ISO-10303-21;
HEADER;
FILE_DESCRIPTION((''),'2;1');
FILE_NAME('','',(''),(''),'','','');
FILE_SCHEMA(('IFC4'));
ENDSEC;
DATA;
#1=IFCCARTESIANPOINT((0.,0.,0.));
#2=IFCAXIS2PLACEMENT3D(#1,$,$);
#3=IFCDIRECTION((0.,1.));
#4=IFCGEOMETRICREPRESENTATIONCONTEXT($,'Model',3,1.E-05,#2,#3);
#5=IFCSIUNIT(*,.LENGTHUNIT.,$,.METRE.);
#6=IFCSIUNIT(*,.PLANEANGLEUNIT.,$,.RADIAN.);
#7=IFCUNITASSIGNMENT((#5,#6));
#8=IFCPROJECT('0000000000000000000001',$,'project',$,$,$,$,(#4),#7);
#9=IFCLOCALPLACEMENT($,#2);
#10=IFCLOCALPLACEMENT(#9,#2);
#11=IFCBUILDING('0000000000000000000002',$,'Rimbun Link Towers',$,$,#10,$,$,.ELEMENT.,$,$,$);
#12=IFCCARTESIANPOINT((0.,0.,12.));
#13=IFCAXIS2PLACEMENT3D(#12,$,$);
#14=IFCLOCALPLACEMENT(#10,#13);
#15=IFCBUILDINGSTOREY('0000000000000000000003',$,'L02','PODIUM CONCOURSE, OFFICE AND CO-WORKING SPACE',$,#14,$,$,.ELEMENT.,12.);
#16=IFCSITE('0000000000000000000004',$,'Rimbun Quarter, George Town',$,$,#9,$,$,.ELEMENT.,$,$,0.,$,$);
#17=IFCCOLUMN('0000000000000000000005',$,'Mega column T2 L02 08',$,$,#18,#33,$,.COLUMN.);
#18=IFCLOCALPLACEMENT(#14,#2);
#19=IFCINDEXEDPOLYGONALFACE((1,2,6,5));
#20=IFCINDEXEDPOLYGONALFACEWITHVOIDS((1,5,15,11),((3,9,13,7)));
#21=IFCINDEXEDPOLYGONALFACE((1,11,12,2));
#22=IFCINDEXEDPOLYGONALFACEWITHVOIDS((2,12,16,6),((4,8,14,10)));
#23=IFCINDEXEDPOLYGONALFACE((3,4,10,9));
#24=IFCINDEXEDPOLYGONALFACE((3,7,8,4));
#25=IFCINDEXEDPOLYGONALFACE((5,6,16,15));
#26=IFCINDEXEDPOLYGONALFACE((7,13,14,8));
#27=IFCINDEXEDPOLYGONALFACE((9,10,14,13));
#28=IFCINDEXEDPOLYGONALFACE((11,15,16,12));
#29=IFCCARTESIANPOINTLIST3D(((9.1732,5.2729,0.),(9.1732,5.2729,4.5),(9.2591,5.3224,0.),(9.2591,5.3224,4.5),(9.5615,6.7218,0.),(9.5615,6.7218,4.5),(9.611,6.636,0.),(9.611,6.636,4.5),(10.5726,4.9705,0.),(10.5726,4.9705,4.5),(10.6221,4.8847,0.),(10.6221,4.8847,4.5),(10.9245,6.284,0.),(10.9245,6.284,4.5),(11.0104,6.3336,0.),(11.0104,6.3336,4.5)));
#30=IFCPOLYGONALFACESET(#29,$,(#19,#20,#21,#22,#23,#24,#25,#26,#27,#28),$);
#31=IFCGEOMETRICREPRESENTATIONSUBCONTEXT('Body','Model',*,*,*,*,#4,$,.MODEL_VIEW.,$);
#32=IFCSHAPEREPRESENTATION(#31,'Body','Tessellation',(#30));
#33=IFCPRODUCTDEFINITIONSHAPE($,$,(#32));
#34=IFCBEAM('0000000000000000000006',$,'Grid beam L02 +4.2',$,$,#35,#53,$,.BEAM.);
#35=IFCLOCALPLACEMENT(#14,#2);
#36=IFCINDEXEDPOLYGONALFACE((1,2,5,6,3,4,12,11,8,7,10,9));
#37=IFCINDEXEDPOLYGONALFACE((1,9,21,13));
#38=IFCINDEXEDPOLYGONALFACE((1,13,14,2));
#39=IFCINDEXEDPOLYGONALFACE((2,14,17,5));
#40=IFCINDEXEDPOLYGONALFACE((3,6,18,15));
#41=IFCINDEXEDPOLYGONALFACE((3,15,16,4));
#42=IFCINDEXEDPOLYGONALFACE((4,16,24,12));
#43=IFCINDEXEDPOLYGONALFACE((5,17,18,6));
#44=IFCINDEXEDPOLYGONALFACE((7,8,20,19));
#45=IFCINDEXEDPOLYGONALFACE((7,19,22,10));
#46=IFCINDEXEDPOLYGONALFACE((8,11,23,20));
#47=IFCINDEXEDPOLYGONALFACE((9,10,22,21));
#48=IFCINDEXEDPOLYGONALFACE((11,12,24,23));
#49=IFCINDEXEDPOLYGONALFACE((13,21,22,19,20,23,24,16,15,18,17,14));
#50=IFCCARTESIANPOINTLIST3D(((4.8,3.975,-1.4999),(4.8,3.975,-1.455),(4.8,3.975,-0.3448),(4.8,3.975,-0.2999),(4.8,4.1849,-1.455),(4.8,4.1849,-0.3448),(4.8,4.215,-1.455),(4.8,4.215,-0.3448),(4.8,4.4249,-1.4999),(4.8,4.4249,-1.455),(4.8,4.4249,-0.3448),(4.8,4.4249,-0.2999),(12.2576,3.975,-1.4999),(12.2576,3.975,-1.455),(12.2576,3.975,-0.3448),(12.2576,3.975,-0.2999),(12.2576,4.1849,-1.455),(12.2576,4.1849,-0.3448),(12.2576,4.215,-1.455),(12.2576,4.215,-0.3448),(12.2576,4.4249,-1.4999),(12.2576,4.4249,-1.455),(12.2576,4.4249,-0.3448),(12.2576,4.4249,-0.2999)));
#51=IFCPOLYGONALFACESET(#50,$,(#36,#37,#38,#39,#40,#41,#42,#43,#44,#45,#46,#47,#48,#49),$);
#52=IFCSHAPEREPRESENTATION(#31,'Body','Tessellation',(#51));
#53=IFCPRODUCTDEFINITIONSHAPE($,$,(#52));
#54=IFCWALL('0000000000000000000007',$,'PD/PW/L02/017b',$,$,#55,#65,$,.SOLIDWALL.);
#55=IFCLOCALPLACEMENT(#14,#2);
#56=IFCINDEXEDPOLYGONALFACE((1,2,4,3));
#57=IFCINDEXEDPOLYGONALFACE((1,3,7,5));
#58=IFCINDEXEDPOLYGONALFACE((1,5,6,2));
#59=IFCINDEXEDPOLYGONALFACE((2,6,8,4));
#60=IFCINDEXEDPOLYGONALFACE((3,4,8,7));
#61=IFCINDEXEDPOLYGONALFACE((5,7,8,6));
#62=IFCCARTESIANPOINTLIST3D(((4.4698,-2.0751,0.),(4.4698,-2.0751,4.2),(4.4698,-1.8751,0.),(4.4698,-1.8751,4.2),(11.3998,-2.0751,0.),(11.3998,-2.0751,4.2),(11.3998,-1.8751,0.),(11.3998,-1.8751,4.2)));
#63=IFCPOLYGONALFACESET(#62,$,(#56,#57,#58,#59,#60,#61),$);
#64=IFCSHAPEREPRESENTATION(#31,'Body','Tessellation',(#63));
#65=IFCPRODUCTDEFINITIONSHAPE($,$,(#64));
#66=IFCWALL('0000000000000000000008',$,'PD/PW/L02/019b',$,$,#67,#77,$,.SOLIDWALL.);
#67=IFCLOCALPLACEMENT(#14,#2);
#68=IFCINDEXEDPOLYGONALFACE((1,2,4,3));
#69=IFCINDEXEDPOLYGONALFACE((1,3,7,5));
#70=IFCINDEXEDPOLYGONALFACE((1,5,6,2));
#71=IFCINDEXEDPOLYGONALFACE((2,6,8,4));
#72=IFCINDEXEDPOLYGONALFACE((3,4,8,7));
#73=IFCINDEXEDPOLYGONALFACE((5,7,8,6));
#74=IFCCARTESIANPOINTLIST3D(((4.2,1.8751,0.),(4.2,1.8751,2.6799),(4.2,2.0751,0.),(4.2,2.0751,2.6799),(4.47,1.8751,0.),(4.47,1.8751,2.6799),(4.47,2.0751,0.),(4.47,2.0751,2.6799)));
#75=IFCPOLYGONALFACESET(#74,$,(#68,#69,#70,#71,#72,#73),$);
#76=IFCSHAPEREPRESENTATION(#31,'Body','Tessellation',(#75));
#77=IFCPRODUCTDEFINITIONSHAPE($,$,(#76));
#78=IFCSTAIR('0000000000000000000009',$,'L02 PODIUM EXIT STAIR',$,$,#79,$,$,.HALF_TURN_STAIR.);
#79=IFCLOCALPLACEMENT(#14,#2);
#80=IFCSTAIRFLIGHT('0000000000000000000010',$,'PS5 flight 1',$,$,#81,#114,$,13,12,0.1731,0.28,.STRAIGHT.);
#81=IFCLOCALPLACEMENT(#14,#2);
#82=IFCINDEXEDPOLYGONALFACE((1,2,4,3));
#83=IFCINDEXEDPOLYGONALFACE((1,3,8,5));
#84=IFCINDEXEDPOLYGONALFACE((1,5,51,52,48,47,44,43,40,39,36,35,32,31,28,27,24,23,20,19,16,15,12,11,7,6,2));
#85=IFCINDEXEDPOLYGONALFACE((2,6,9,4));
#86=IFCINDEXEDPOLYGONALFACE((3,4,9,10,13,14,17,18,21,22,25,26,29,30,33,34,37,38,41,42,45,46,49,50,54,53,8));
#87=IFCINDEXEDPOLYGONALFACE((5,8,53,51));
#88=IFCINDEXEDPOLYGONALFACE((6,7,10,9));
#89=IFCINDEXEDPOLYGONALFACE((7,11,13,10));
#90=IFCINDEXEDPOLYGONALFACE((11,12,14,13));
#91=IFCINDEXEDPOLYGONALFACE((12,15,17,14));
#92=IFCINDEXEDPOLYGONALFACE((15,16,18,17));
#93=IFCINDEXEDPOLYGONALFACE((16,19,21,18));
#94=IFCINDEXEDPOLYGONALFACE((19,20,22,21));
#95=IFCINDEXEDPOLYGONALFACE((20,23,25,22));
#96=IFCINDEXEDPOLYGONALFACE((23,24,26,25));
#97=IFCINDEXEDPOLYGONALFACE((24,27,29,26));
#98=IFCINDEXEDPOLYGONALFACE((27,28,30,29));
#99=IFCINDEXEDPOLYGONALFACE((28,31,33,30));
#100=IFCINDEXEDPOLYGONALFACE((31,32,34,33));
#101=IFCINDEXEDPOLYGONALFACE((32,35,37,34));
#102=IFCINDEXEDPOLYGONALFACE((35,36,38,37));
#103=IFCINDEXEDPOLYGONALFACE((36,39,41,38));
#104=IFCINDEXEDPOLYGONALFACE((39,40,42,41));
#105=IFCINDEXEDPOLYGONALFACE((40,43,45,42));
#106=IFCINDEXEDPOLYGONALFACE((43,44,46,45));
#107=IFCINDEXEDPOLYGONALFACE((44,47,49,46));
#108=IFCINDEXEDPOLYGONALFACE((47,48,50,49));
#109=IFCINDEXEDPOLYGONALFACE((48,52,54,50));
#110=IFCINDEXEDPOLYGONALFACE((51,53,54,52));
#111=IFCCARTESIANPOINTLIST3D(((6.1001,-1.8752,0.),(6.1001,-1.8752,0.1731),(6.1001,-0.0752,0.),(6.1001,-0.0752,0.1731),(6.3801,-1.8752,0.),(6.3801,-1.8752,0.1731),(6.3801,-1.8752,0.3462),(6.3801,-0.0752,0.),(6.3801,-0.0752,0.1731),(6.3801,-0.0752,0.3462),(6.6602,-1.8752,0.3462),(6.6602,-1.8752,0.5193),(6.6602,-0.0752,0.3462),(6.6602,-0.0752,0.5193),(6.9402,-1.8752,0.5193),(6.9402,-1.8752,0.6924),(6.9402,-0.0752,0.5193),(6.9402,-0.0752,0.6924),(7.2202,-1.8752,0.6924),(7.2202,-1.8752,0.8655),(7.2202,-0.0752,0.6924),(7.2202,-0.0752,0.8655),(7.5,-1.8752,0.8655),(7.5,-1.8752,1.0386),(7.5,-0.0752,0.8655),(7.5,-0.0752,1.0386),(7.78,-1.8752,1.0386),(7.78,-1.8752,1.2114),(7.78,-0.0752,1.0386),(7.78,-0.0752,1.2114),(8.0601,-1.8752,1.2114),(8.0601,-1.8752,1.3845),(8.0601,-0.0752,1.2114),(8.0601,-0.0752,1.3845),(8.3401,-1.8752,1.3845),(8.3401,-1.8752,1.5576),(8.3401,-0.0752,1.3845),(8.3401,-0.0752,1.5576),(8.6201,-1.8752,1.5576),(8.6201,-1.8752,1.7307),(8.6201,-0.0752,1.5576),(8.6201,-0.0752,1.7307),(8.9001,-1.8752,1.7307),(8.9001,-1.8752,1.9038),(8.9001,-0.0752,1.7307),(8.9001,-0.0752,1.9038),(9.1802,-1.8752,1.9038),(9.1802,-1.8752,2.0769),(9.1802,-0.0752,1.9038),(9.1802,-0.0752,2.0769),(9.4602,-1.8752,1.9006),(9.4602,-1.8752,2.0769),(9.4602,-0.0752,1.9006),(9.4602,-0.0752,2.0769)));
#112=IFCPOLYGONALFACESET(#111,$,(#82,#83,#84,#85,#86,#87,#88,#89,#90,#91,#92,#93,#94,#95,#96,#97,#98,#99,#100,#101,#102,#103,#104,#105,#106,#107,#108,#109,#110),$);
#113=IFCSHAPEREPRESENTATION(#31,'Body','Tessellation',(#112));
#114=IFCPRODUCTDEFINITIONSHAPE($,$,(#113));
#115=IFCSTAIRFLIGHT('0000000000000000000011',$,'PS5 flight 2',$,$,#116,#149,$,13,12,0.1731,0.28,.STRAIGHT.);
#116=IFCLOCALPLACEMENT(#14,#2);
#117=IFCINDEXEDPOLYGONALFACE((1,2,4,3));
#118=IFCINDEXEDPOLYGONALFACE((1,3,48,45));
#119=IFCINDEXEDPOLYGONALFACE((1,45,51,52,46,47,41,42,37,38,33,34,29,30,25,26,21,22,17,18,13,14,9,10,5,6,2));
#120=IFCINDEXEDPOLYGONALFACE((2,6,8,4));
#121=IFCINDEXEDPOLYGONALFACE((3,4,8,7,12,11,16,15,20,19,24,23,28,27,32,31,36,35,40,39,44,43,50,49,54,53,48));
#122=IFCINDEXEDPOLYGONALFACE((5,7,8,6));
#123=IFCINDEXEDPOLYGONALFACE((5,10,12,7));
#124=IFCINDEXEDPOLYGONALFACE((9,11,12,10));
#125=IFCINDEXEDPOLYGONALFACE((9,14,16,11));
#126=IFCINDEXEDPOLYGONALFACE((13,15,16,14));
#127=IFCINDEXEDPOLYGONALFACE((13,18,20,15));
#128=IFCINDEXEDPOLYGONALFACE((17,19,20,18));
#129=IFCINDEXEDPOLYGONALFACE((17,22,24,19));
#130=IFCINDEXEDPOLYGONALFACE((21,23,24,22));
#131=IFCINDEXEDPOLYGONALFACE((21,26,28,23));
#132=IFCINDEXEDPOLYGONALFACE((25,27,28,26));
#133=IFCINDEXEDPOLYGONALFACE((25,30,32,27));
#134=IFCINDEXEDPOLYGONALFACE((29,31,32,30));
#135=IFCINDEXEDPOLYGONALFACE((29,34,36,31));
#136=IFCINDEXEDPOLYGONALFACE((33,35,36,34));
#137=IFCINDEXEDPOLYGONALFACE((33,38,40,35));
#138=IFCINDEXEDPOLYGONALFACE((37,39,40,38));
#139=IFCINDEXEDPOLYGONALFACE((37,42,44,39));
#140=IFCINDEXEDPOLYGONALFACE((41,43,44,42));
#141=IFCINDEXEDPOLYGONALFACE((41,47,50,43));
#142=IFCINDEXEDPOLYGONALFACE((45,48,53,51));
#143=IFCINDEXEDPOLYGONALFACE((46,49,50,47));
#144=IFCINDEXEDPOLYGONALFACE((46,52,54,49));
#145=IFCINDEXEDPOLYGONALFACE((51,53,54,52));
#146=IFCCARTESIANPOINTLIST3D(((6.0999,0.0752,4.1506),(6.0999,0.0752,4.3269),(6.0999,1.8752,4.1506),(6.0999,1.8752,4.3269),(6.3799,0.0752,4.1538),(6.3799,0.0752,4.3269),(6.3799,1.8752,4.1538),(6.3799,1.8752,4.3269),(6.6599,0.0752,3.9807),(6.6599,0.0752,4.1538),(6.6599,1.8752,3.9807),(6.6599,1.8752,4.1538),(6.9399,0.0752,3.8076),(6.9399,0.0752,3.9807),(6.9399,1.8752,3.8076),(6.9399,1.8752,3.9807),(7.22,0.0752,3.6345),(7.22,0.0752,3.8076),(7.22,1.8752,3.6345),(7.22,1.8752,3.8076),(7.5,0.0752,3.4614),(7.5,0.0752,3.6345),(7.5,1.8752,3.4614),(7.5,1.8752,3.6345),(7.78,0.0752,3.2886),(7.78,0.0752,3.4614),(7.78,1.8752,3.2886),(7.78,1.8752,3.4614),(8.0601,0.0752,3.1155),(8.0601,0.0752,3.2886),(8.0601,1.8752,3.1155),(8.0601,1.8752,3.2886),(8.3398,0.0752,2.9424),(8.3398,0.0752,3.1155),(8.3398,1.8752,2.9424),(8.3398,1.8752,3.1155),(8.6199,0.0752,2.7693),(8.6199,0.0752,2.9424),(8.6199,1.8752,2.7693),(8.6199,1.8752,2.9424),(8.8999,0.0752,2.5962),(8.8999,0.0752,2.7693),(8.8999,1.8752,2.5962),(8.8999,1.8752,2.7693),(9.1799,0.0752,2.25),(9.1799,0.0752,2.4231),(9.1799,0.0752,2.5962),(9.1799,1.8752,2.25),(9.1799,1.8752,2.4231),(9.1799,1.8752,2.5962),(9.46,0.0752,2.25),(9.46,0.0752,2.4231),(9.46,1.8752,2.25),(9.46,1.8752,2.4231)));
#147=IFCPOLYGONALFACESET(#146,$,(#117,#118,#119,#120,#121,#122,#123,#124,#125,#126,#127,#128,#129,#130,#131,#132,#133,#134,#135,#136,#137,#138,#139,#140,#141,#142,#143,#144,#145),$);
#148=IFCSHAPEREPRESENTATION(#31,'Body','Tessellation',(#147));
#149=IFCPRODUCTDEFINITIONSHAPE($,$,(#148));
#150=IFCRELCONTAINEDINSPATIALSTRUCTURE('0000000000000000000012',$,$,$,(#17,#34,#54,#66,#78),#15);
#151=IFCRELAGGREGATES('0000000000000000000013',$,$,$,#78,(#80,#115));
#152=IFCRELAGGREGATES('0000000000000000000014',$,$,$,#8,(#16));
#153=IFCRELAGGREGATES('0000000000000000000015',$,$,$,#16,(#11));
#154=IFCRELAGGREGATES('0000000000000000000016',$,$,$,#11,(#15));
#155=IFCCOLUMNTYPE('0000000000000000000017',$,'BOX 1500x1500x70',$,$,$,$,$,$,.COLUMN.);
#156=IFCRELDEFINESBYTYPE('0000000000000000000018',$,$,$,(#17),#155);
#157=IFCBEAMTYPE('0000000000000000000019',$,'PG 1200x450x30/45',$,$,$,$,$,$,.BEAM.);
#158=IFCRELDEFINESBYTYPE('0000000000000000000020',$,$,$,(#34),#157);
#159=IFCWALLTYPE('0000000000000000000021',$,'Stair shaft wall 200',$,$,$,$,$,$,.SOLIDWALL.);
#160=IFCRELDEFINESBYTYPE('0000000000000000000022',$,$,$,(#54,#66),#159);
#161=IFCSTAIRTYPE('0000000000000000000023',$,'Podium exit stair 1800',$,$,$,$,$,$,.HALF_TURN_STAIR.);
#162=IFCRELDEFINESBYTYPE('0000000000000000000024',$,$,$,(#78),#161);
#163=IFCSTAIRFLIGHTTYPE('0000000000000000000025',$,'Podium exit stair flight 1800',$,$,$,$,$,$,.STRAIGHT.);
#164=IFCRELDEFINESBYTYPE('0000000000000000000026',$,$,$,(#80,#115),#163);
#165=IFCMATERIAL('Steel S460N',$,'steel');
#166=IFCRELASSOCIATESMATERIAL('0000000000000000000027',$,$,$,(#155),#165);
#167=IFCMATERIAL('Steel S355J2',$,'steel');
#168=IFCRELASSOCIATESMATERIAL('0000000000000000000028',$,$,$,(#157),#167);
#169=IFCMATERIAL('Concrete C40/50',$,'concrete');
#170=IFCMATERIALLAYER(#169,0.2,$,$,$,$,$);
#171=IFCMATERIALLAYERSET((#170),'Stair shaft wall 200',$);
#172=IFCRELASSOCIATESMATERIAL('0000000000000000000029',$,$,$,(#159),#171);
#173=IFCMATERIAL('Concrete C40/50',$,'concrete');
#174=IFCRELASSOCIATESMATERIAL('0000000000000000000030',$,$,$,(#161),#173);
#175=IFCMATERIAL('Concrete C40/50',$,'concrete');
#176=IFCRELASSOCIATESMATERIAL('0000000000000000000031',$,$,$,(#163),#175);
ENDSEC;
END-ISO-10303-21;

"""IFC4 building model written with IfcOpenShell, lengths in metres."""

from ifc_helpers import new_model, si_unit, direction, frame, frame_2d, origin, origin_2d, place, context, subcontext, project, spatial, polyline, rectangle, hollow_rectangle, i_section, outline, extrude, material, layer, layer_set, material_profile, profile_set, type_object, element, aggregate, save


model = new_model("IFC4")

# Units and contexts
model_context = context("Model", 3, precision=1e-05, world=origin(), true_north=direction((0.0, 1.0)))
body_context = subcontext(model_context, "Body", "Model", "MODEL_VIEW")
ifc_project = project(units=[si_unit("LENGTHUNIT", "METRE"), si_unit("PLANEANGLEUNIT", "RADIAN")], contexts=[model_context])

# Site, building, storey
site_placement = place(None, origin())
site = spatial("IfcSite", under=ifc_project, at=site_placement, Name="Rimbun Quarter, George Town", CompositionType="ELEMENT", RefElevation=0.0)
building_placement = place(site_placement, origin())
building = spatial("IfcBuilding", under=site, at=building_placement, Name="Rimbun Link Towers", CompositionType="ELEMENT")
storey_placement = place(building_placement, frame((0.0, 0.0, 12.0)))
storey = spatial("IfcBuildingStorey", under=building, at=storey_placement, Name="L02", Description="PODIUM CONCOURSE, OFFICE AND CO-WORKING SPACE", CompositionType="ELEMENT", Elevation=12.0)

# Column
ifc_material_1 = material(Name="Steel S460N", Category="steel")
ifc_material_profile_1 = material_profile(ifc_material_1, hollow_rectangle(XDim=1.5, YDim=1.5, WallThickness=0.0701, at=origin_2d()), Name="BOX 1500x1500x70")
ifc_profile_set_1 = profile_set([ifc_material_profile_1], Name="Steel S460N")
column_type = type_object("IfcColumnType", Name="BOX 1500x1500x70", PredefinedType="COLUMN", material=ifc_profile_set_1)
column_placement = place(storey_placement, frame((10.0918, 5.8032, 0.0), z_axis=(0.0, 0.0, 1.0), x_axis=(-0.965926, 0.258819, 0.0)))
element("IfcColumn", 1, at=column_placement, inside=storey, type_object=column_type, Name="Mega column T2 L02 08", PredefinedType="COLUMN", context=body_context, shape_type="SweptSolid", body=[
    extrude(hollow_rectangle(XDim=1.5, YDim=1.5, WallThickness=0.0701, at=origin_2d()), origin(), (0.0, 0.0, 1.0), 4.5),
])

# Beam
ifc_material_2 = material(Name="Steel S355J2", Category="steel")
ifc_material_profile_2 = material_profile(ifc_material_2, i_section(OverallWidth=0.45, OverallDepth=1.2, WebThickness=0.03, FlangeThickness=0.0449, at=origin_2d()), Name="PG 1200x450x30/45")
ifc_profile_set_2 = profile_set([ifc_material_profile_2], Name="Steel S355J2")
beam_type = type_object("IfcBeamType", Name="PG 1200x450x30/45", PredefinedType="BEAM", material=ifc_profile_set_2)
beam_placement = place(storey_placement, frame((4.8, 4.2, -0.8999), z_axis=(1.0, 0.0, 0.0), x_axis=(0.0, 1.0, 0.0)))
element("IfcBeam", 2, at=beam_placement, inside=storey, type_object=beam_type, Name="Grid beam L02 +4.2", PredefinedType="BEAM", context=body_context, shape_type="SweptSolid", body=[
    extrude(i_section(OverallWidth=0.45, OverallDepth=1.2, WebThickness=0.03, FlangeThickness=0.0449, at=origin_2d()), origin(), (0.0, 0.0, 1.0), 7.4575),
])

# Walls
ifc_material_3 = material(Name="Concrete C40/50", Category="concrete")
ifc_layer = layer(ifc_material_3, 0.2)
ifc_layer_set = layer_set([ifc_layer], Name="Stair shaft wall 200")
wall_type = type_object("IfcWallType", Name="Stair shaft wall 200", PredefinedType="SOLIDWALL", material=ifc_layer_set)
wall_1_placement = place(storey_placement, frame((4.47, -1.9751, 0.0), z_axis=(0.0, 0.0, 1.0), x_axis=(1.0, 0.0, 0.0)))
element("IfcWall", 3, at=wall_1_placement, inside=storey, type_object=wall_type, Name="PD/PW/L02/017b", PredefinedType="SOLIDWALL", context=body_context, shape_type="SweptSolid", body=[
    extrude(rectangle(XDim=6.9299, YDim=0.2, at=frame_2d((3.4648, 0.0))), origin(), (0.0, 0.0, 1.0), 4.2),
])
wall_2_placement = place(storey_placement, frame((4.47, 1.9751, 0.0), z_axis=(0.0, 0.0, 1.0), x_axis=(-1.0, 0.0, 0.0)))
element("IfcWall", 4, at=wall_2_placement, inside=storey, type_object=wall_type, Name="PD/PW/L02/019b", PredefinedType="SOLIDWALL", context=body_context, shape_type="SweptSolid", body=[
    extrude(rectangle(XDim=0.27, YDim=0.2, at=frame_2d((0.135, 0.0))), origin(), (0.0, 0.0, 1.0), 2.6799),
])

# Stair, stair flights
ifc_material_4 = material(Name="Concrete C40/50", Category="concrete")
stair_type = type_object("IfcStairType", Name="Podium exit stair 1800", PredefinedType="HALF_TURN_STAIR", material=ifc_material_4)
stair_placement = place(storey_placement, origin())
stair = element("IfcStair", 5, at=stair_placement, inside=storey, type_object=stair_type, Name="L02 PODIUM EXIT STAIR", PredefinedType="HALF_TURN_STAIR")
ifc_material_5 = material(Name="Concrete C40/50", Category="concrete")
stair_flight_type = type_object("IfcStairFlightType", Name="Podium exit stair flight 1800", PredefinedType="STRAIGHT", material=ifc_material_5)
stair_flight_1_placement = place(storey_placement, frame((6.1001, -0.9751, 0.0), z_axis=(0.0, 0.0, 1.0), x_axis=(1.0, 0.0, 0.0)))
stair_flight_1 = element("IfcStairFlight", 6, at=stair_flight_1_placement, type_object=stair_flight_type, Name="PS5 flight 1", NumberOfRisers=13, NumberOfTreads=12, PredefinedType="STRAIGHT", RiserHeight=0.1731, TreadLength=0.28, context=body_context, shape_type="SweptSolid", body=[
    extrude(outline(polyline([(0.0, 0.0), (0.0, 0.1731), (0.28, 0.1731), (0.28, 0.3462), (0.5601, 0.3462), (0.5601, 0.5193), (0.8401, 0.5193), (0.8401, 0.6924), (1.1201, 0.6924), (1.1201, 0.8655), (1.3999, 0.8655), (1.3999, 1.0386), (1.6799, 1.0386), (1.6799, 1.2114), (1.96, 1.2114), (1.96, 1.3845), (2.24, 1.3845), (2.24, 1.5576), (2.52, 1.5576), (2.52, 1.7307), (2.8, 1.7307), (2.8, 1.9038), (3.0801, 1.9038), (3.0801, 2.0769), (3.3601, 2.0769), (3.3601, 2.25), (3.3601, 1.9006), (0.28, 0.0), (0.0, 0.0)])), frame((0.0, 0.8999, 0.0), z_axis=(0.0, -1.0, 0.0), x_axis=(1.0, 0.0, 0.0)), (0.0, 0.0, 1.0), 1.8),
])
stair_flight_2_placement = place(storey_placement, frame((9.46, 0.9751, 2.25), z_axis=(0.0, 0.0, 1.0), x_axis=(-1.0, 0.0, 0.0)))
stair_flight_2 = element("IfcStairFlight", 7, at=stair_flight_2_placement, type_object=stair_flight_type, Name="PS5 flight 2", NumberOfRisers=13, NumberOfTreads=12, PredefinedType="STRAIGHT", RiserHeight=0.1731, TreadLength=0.28, context=body_context, shape_type="SweptSolid", body=[
    extrude(outline(polyline([(0.0, 0.0), (0.0, 0.1731), (0.28, 0.1731), (0.28, 0.3462), (0.5601, 0.3462), (0.5601, 0.5193), (0.8401, 0.5193), (0.8401, 0.6924), (1.1201, 0.6924), (1.1201, 0.8655), (1.3999, 0.8655), (1.3999, 1.0386), (1.6799, 1.0386), (1.6799, 1.2114), (1.96, 1.2114), (1.96, 1.3845), (2.24, 1.3845), (2.24, 1.5576), (2.52, 1.5576), (2.52, 1.7307), (2.8, 1.7307), (2.8, 1.9038), (3.0801, 1.9038), (3.0801, 2.0769), (3.3601, 2.0769), (3.3601, 2.25), (3.3601, 1.9006), (0.28, 0.0), (0.0, 0.0)])), frame((0.0, 0.8999, 0.0), z_axis=(0.0, -1.0, 0.0), x_axis=(1.0, 0.0, 0.0)), (0.0, 0.0, 1.0), 1.8),
])
aggregate(stair, [stair_flight_1, stair_flight_2])

save(model, "model.ifc")
